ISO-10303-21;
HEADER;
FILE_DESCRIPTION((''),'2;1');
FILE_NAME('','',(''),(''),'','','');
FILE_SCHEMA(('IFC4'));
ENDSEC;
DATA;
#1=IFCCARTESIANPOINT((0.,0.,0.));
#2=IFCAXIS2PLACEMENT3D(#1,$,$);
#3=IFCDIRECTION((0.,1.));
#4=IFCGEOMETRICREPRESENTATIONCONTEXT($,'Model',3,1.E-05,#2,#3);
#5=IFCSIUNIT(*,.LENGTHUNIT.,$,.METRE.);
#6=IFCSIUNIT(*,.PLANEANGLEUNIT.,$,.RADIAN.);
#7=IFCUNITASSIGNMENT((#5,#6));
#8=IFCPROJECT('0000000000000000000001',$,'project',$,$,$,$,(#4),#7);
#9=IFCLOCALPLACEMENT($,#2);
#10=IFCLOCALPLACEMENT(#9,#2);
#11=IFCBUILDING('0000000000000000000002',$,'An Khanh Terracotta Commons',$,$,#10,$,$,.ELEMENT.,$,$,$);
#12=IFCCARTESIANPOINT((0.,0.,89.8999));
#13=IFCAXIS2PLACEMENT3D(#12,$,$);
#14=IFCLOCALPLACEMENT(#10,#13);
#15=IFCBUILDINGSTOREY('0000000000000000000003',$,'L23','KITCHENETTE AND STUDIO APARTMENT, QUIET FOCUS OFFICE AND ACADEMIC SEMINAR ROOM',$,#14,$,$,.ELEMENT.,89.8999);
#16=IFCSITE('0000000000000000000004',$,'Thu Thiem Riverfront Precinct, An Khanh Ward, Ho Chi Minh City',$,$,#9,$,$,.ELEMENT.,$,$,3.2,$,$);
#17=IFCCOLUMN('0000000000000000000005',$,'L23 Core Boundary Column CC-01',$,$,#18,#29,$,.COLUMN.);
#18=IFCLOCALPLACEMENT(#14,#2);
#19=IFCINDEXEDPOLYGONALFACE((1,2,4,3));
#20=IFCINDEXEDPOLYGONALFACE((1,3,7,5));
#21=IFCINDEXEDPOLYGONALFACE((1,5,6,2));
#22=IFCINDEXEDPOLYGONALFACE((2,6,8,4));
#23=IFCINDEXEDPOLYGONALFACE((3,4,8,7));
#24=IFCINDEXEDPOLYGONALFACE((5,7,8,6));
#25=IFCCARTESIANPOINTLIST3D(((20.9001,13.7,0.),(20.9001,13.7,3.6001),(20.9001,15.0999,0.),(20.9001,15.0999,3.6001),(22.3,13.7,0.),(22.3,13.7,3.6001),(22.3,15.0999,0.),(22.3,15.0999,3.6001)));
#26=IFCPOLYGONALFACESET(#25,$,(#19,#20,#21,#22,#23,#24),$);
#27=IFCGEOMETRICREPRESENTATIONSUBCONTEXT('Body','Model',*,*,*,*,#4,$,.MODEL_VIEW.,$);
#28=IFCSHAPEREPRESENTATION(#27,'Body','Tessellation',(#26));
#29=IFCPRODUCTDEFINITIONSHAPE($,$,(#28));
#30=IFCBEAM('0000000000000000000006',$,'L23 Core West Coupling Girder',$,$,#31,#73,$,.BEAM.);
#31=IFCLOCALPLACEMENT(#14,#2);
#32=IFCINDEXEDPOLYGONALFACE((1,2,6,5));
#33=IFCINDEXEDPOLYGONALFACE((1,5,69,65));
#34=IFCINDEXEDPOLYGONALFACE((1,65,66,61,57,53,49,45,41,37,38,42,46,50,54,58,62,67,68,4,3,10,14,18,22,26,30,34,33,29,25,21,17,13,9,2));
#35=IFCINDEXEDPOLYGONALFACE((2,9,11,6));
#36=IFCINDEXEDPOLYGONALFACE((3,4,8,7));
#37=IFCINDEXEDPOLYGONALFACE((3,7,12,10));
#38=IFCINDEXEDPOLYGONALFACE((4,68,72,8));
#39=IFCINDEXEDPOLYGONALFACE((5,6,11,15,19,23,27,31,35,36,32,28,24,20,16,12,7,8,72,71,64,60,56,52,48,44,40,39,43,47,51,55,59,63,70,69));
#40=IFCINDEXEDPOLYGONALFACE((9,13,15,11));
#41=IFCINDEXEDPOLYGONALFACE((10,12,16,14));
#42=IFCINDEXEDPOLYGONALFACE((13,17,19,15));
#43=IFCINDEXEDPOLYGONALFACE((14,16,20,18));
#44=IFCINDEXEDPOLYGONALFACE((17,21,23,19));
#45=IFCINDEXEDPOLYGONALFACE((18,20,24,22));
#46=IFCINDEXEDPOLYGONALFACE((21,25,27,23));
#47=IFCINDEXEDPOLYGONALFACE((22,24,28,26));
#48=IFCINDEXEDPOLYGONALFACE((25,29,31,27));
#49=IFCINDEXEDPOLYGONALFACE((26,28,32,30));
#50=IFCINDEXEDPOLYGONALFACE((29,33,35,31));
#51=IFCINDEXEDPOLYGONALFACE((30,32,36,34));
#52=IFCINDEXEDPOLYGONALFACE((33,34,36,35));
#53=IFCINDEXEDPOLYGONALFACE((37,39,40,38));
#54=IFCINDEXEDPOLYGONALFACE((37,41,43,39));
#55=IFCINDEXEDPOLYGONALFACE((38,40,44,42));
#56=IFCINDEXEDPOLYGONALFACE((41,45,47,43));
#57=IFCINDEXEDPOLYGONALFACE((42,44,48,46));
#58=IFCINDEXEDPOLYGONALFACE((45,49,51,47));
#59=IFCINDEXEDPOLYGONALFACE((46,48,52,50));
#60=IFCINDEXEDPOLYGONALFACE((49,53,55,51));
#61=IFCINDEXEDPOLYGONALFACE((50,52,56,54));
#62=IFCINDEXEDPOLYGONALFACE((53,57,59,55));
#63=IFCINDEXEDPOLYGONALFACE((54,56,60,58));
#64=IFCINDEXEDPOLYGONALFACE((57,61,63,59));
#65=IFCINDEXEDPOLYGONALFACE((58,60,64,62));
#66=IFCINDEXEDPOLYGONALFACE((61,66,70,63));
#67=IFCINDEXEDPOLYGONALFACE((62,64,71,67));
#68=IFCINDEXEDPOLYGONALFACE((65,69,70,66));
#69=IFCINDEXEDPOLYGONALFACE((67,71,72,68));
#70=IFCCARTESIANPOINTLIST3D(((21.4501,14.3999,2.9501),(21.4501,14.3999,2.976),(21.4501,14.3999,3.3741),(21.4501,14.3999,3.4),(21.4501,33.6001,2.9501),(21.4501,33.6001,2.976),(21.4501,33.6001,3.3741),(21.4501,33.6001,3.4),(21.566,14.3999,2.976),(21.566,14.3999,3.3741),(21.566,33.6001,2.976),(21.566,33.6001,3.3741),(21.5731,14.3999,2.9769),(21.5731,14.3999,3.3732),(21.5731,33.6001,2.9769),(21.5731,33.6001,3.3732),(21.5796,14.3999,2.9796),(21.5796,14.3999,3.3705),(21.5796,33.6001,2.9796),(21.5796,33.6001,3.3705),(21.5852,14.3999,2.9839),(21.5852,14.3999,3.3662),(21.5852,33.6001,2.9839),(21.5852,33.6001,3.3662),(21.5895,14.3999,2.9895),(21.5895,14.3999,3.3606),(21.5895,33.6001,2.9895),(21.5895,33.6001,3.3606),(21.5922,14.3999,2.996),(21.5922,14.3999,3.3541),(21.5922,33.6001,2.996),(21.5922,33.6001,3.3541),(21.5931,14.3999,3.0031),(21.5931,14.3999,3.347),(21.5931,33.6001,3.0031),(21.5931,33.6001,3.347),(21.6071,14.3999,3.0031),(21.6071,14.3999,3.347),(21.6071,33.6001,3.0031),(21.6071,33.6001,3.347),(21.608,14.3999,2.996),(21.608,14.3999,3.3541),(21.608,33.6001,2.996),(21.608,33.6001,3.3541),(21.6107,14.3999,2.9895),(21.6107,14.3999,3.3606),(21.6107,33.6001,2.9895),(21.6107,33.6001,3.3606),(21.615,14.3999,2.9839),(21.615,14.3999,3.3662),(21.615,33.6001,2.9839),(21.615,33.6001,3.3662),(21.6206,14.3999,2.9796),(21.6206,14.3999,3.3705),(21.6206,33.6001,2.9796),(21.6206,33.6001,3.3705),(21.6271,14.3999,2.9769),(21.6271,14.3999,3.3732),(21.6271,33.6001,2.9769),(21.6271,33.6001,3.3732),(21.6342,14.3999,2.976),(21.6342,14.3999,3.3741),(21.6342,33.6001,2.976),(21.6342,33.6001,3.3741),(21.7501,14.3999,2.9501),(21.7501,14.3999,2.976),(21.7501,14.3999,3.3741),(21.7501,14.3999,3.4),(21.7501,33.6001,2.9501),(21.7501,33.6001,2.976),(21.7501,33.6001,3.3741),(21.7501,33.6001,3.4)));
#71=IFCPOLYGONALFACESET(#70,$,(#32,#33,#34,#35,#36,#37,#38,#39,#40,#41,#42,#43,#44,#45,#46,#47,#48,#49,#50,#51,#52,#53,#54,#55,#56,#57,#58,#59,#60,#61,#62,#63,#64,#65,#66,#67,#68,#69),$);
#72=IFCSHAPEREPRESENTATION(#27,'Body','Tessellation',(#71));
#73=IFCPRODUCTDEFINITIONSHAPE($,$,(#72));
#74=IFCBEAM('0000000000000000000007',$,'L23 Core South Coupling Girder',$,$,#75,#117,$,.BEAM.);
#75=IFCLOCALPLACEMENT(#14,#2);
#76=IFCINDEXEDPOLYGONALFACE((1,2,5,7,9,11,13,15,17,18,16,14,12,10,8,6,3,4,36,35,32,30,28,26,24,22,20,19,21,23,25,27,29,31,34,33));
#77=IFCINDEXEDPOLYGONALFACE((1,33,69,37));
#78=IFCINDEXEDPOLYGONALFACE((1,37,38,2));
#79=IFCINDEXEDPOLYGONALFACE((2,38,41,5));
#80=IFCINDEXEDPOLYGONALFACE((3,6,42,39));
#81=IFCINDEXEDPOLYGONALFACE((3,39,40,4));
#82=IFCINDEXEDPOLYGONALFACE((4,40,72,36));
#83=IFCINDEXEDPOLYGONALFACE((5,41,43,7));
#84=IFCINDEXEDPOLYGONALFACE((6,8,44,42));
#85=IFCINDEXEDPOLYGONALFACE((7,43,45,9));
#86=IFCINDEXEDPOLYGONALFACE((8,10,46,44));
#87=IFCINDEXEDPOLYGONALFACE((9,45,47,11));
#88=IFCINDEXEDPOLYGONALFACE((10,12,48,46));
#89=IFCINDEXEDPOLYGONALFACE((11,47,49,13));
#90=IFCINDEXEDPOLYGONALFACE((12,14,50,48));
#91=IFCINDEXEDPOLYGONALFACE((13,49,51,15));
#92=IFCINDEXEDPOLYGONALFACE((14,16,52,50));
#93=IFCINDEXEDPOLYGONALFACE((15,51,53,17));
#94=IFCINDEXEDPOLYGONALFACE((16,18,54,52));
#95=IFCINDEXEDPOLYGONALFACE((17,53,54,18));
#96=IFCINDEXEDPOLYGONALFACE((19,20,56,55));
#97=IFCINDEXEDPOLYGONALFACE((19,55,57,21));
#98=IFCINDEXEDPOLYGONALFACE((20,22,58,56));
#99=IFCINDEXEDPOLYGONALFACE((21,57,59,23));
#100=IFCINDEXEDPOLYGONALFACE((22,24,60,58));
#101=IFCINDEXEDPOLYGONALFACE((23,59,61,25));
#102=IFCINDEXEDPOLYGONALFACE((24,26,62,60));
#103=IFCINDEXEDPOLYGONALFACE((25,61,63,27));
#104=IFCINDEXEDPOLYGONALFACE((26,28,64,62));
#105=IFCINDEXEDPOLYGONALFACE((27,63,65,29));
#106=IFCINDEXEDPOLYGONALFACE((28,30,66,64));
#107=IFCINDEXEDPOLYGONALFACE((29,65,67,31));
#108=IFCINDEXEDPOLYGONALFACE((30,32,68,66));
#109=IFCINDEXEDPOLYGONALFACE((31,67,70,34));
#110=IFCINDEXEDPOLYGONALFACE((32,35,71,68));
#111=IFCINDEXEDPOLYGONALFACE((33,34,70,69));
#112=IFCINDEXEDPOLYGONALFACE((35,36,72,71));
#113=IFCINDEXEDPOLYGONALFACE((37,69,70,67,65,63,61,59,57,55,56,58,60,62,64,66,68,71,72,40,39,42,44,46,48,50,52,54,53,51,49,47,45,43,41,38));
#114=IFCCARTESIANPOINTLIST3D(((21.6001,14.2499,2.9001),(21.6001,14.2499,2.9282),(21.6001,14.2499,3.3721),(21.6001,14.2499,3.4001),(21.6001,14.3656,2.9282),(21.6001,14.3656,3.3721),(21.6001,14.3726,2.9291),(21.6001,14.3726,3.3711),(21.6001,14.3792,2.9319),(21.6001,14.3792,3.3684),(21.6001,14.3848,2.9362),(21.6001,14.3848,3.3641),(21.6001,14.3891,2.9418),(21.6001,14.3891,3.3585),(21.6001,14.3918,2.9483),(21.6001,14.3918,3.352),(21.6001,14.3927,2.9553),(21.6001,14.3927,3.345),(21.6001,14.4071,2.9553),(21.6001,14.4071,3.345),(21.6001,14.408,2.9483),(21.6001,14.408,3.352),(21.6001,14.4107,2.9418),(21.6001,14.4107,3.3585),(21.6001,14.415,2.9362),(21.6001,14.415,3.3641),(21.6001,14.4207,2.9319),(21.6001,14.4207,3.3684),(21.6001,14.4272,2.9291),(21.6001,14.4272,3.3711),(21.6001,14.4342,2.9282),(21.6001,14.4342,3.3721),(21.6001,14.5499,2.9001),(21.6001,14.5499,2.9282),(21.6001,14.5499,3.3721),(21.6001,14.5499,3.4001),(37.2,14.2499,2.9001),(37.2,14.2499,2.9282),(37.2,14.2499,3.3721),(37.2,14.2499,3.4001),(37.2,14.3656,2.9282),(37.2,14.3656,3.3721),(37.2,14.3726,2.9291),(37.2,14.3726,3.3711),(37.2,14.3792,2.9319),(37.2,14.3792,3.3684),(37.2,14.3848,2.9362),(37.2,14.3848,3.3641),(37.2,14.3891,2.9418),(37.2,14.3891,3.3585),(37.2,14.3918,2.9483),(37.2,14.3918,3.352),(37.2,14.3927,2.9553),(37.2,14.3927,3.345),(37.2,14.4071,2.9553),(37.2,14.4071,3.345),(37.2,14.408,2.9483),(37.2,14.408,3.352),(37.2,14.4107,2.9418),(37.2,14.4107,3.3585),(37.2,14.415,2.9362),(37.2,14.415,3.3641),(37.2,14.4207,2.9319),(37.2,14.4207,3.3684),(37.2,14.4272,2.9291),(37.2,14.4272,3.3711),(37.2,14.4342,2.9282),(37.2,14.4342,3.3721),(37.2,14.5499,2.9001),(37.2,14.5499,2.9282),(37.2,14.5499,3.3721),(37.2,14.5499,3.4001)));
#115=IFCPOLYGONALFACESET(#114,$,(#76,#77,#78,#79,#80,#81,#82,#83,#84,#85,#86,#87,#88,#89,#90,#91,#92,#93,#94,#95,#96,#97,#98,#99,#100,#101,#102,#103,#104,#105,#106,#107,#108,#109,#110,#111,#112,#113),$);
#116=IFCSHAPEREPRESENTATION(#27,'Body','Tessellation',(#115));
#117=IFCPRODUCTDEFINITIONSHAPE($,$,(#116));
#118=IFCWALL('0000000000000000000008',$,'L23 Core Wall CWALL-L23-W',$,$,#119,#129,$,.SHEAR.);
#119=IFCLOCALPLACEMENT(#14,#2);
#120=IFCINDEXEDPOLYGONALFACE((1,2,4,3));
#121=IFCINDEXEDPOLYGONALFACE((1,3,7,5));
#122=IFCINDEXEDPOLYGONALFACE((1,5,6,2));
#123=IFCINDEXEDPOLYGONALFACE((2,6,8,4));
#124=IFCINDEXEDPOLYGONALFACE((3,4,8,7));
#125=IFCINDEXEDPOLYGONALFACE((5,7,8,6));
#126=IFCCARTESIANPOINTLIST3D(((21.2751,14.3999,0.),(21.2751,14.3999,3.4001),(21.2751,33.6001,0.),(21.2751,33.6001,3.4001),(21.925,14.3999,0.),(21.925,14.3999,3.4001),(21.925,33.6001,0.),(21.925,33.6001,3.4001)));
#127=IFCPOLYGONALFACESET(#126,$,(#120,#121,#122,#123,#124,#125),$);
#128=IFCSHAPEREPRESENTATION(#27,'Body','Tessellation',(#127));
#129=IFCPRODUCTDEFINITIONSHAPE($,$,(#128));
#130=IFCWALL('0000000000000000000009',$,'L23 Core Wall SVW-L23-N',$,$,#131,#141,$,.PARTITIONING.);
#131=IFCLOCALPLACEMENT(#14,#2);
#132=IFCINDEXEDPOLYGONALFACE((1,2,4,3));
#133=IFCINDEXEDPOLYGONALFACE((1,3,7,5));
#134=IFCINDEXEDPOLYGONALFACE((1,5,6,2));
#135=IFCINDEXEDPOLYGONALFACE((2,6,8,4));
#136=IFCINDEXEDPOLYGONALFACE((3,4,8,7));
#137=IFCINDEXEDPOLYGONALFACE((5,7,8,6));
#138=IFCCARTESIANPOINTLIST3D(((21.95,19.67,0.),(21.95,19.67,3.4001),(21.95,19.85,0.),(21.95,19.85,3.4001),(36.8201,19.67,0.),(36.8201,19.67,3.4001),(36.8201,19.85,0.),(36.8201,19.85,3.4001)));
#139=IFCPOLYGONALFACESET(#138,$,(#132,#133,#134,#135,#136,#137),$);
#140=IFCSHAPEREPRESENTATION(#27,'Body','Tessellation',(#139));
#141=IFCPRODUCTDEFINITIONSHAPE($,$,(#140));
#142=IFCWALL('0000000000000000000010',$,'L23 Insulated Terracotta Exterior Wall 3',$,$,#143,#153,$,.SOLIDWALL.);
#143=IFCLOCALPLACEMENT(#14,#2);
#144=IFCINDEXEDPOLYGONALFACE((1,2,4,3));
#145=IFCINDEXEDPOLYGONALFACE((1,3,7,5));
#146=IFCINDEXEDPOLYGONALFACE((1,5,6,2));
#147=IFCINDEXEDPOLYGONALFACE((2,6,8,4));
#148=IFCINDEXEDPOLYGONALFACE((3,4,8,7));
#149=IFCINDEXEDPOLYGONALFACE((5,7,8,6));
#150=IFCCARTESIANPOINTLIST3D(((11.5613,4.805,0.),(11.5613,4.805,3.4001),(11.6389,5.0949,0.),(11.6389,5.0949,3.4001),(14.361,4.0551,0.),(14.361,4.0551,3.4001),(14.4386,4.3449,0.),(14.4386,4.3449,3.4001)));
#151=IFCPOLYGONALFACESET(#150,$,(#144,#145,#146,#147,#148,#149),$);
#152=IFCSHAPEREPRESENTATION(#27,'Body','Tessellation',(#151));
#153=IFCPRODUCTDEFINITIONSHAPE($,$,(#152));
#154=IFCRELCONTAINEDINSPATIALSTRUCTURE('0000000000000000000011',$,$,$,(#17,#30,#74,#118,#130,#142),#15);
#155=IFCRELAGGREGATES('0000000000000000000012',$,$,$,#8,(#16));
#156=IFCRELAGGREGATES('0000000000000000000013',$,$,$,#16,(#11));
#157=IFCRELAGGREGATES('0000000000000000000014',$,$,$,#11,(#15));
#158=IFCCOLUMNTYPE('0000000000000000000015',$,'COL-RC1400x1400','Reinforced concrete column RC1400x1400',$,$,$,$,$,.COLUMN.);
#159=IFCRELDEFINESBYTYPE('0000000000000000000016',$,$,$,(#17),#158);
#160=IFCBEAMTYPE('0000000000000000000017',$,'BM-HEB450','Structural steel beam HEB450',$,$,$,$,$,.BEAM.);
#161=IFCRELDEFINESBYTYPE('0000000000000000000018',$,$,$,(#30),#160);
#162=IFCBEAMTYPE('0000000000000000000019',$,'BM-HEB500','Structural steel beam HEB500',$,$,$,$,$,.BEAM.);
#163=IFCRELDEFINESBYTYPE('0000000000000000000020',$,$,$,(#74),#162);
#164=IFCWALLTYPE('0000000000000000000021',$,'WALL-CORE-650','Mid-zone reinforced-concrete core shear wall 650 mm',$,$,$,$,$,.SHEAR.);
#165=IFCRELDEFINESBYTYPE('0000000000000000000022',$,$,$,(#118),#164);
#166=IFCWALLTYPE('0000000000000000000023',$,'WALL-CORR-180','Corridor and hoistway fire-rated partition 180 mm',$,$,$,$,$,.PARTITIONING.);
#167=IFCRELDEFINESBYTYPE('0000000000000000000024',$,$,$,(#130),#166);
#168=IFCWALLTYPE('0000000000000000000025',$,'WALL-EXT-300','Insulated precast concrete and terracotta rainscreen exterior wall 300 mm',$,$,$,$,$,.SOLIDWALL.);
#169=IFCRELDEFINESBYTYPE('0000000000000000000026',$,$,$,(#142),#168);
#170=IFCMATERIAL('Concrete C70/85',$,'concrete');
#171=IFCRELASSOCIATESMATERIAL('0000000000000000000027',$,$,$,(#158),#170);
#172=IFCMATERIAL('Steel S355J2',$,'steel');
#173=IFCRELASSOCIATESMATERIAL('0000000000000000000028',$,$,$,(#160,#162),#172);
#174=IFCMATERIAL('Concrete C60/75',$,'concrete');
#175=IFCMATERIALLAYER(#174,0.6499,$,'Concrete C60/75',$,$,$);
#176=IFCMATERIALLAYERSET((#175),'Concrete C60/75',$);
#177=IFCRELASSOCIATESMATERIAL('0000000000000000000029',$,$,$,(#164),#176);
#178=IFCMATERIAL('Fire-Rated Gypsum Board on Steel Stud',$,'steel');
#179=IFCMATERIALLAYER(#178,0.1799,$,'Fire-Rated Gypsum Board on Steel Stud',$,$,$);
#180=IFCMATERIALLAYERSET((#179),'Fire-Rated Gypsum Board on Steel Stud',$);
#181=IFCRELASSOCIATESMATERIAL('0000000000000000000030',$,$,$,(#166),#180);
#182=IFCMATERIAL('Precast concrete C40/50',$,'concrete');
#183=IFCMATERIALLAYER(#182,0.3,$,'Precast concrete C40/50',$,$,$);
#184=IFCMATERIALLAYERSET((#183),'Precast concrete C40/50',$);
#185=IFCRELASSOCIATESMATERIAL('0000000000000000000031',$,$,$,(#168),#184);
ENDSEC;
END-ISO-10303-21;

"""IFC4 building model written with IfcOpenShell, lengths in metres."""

from ifc_helpers import new_model, si_unit, direction, frame, frame_2d, origin, origin_2d, place, context, subcontext, project, spatial, rectangle, i_section, extrude, material, layer, layer_set, material_profile, profile_set, type_object, element, save


model = new_model("IFC4")

# Units and contexts
model_context = context("Model", 3, precision=1e-05, world=origin(), true_north=direction((0.0, 1.0)))
body_context = subcontext(model_context, "Body", "Model", "MODEL_VIEW")
ifc_project = project(units=[si_unit("LENGTHUNIT", "METRE"), si_unit("PLANEANGLEUNIT", "RADIAN")], contexts=[model_context])

# Site, building, storey
site_placement = place(None, origin())
site = spatial("IfcSite", under=ifc_project, at=site_placement, Name="Thu Thiem Riverfront Precinct, An Khanh Ward, Ho Chi Minh City", CompositionType="ELEMENT", RefElevation=3.2)
building_placement = place(site_placement, origin())
building = spatial("IfcBuilding", under=site, at=building_placement, Name="An Khanh Terracotta Commons", CompositionType="ELEMENT")
storey_placement = place(building_placement, frame((0.0, 0.0, 89.8999)))
storey = spatial("IfcBuildingStorey", under=building, at=storey_placement, Name="L23", Description="KITCHENETTE AND STUDIO APARTMENT, QUIET FOCUS OFFICE AND ACADEMIC SEMINAR ROOM", CompositionType="ELEMENT", Elevation=89.8999)

# Column
ifc_material_1 = material(Name="Concrete C70/85", Category="concrete")
ifc_material_profile_1 = material_profile(ifc_material_1, rectangle(XDim=1.3999, YDim=1.3999, at=origin_2d()), Name="RC1400x1400")
ifc_profile_set_1 = profile_set([ifc_material_profile_1], Name="Concrete C70/85")
column_type = type_object("IfcColumnType", Name="COL-RC1400x1400", Description="Reinforced concrete column RC1400x1400", PredefinedType="COLUMN", material=ifc_profile_set_1)
column_placement = place(storey_placement, frame((21.6001, 14.3999, 0.0), z_axis=(0.0, 0.0, 1.0), x_axis=(1.0, 0.0, 0.0)))
element("IfcColumn", 1, at=column_placement, inside=storey, type_object=column_type, Name="L23 Core Boundary Column CC-01", PredefinedType="COLUMN", context=body_context, shape_type="SweptSolid", body=[
    extrude(rectangle(XDim=1.3999, YDim=1.3999, at=origin_2d()), origin(), (0.0, 0.0, 1.0), 3.6001),
])

# Beams
ifc_material_2 = material(Name="Steel S355J2", Category="steel")
ifc_material_profile_2 = material_profile(ifc_material_2, i_section(OverallWidth=0.3, OverallDepth=0.45, WebThickness=0.0139, FlangeThickness=0.0259, FilletRadius=0.0271, at=origin_2d()), Name="HEB450")
ifc_profile_set_2 = profile_set([ifc_material_profile_2], Name="Steel S355J2")
beam_type_1 = type_object("IfcBeamType", Name="BM-HEB450", Description="Structural steel beam HEB450", PredefinedType="BEAM", material=ifc_profile_set_2)
beam_1_placement = place(storey_placement, frame((21.6001, 14.3999, 3.175), z_axis=(0.0, 1.0, 0.0), x_axis=(-1.0, 0.0, 0.0)))
element("IfcBeam", 2, at=beam_1_placement, inside=storey, type_object=beam_type_1, Name="L23 Core West Coupling Girder", PredefinedType="BEAM", context=body_context, shape_type="SweptSolid", body=[
    extrude(i_section(OverallWidth=0.3, OverallDepth=0.45, WebThickness=0.0139, FlangeThickness=0.0259, FilletRadius=0.0271, at=origin_2d()), origin(), (0.0, 0.0, 1.0), 19.2002),
])
ifc_material_profile_3 = material_profile(ifc_material_2, i_section(OverallWidth=0.3, OverallDepth=0.5, WebThickness=0.0144, FlangeThickness=0.0281, FilletRadius=0.0271, at=origin_2d()), Name="HEB500")
ifc_profile_set_3 = profile_set([ifc_material_profile_3], Name="Steel S355J2")
beam_type_2 = type_object("IfcBeamType", Name="BM-HEB500", Description="Structural steel beam HEB500", PredefinedType="BEAM", material=ifc_profile_set_3)
beam_2_placement = place(storey_placement, frame((21.6001, 14.3999, 3.1501), z_axis=(1.0, 0.0, 0.0), x_axis=(0.0, 1.0, 0.0)))
element("IfcBeam", 3, at=beam_2_placement, inside=storey, type_object=beam_type_2, Name="L23 Core South Coupling Girder", PredefinedType="BEAM", context=body_context, shape_type="SweptSolid", body=[
    extrude(i_section(OverallWidth=0.3, OverallDepth=0.5, WebThickness=0.0144, FlangeThickness=0.0281, FilletRadius=0.0271, at=origin_2d()), origin(), (0.0, 0.0, 1.0), 15.5999),
])

# Walls
ifc_material_3 = material(Name="Concrete C60/75", Category="concrete")
ifc_layer_1 = layer(ifc_material_3, 0.6499, Name="Concrete C60/75")
ifc_layer_set_1 = layer_set([ifc_layer_1], Name="Concrete C60/75")
wall_type_1 = type_object("IfcWallType", Name="WALL-CORE-650", Description="Mid-zone reinforced-concrete core shear wall 650 mm", PredefinedType="SHEAR", material=ifc_layer_set_1)
wall_1_placement = place(storey_placement, frame((21.6001, 14.3999, 0.0), z_axis=(0.0, 0.0, 1.0), x_axis=(0.0, 1.0, 0.0)))
element("IfcWall", 4, at=wall_1_placement, inside=storey, type_object=wall_type_1, Name="L23 Core Wall CWALL-L23-W", PredefinedType="SHEAR", context=body_context, shape_type="SweptSolid", body=[
    extrude(rectangle(XDim=19.2002, YDim=0.6499, at=frame_2d((9.6001, 0.0))), origin(), (0.0, 0.0, 1.0), 3.4001),
])
ifc_material_4 = material(Name="Fire-Rated Gypsum Board on Steel Stud", Category="steel")
ifc_layer_2 = layer(ifc_material_4, 0.1799, Name="Fire-Rated Gypsum Board on Steel Stud")
ifc_layer_set_2 = layer_set([ifc_layer_2], Name="Fire-Rated Gypsum Board on Steel Stud")
wall_type_2 = type_object("IfcWallType", Name="WALL-CORR-180", Description="Corridor and hoistway fire-rated partition 180 mm", PredefinedType="PARTITIONING", material=ifc_layer_set_2)
wall_2_placement = place(storey_placement, frame((21.95, 19.76, 0.0), z_axis=(0.0, 0.0, 1.0), x_axis=(1.0, 0.0, 0.0)))
element("IfcWall", 5, at=wall_2_placement, inside=storey, type_object=wall_type_2, Name="L23 Core Wall SVW-L23-N", PredefinedType="PARTITIONING", context=body_context, shape_type="SweptSolid", body=[
    extrude(rectangle(XDim=14.8701, YDim=0.1799, at=frame_2d((7.4351, 0.0))), origin(), (0.0, 0.0, 1.0), 3.4001),
])
ifc_material_5 = material(Name="Precast concrete C40/50", Category="concrete")
ifc_layer_3 = layer(ifc_material_5, 0.3, Name="Precast concrete C40/50")
ifc_layer_set_3 = layer_set([ifc_layer_3], Name="Precast concrete C40/50")
wall_type_3 = type_object("IfcWallType", Name="WALL-EXT-300", Description="Insulated precast concrete and terracotta rainscreen exterior wall 300 mm", PredefinedType="SOLIDWALL", material=ifc_layer_set_3)
wall_3_placement = place(storey_placement, frame((11.6001, 4.95, 0.0), z_axis=(0.0, 0.0, 1.0), x_axis=(0.965944, -0.258753, 0.0)))
element("IfcWall", 6, at=wall_3_placement, inside=storey, type_object=wall_type_3, Name="L23 Insulated Terracotta Exterior Wall 3", PredefinedType="SOLIDWALL", context=body_context, shape_type="SweptSolid", body=[
    extrude(rectangle(XDim=2.8984, YDim=0.3, at=frame_2d((1.4492, 0.0))), origin(), (0.0, 0.0, 1.0), 3.4001),
])

save(model, "model.ifc")
